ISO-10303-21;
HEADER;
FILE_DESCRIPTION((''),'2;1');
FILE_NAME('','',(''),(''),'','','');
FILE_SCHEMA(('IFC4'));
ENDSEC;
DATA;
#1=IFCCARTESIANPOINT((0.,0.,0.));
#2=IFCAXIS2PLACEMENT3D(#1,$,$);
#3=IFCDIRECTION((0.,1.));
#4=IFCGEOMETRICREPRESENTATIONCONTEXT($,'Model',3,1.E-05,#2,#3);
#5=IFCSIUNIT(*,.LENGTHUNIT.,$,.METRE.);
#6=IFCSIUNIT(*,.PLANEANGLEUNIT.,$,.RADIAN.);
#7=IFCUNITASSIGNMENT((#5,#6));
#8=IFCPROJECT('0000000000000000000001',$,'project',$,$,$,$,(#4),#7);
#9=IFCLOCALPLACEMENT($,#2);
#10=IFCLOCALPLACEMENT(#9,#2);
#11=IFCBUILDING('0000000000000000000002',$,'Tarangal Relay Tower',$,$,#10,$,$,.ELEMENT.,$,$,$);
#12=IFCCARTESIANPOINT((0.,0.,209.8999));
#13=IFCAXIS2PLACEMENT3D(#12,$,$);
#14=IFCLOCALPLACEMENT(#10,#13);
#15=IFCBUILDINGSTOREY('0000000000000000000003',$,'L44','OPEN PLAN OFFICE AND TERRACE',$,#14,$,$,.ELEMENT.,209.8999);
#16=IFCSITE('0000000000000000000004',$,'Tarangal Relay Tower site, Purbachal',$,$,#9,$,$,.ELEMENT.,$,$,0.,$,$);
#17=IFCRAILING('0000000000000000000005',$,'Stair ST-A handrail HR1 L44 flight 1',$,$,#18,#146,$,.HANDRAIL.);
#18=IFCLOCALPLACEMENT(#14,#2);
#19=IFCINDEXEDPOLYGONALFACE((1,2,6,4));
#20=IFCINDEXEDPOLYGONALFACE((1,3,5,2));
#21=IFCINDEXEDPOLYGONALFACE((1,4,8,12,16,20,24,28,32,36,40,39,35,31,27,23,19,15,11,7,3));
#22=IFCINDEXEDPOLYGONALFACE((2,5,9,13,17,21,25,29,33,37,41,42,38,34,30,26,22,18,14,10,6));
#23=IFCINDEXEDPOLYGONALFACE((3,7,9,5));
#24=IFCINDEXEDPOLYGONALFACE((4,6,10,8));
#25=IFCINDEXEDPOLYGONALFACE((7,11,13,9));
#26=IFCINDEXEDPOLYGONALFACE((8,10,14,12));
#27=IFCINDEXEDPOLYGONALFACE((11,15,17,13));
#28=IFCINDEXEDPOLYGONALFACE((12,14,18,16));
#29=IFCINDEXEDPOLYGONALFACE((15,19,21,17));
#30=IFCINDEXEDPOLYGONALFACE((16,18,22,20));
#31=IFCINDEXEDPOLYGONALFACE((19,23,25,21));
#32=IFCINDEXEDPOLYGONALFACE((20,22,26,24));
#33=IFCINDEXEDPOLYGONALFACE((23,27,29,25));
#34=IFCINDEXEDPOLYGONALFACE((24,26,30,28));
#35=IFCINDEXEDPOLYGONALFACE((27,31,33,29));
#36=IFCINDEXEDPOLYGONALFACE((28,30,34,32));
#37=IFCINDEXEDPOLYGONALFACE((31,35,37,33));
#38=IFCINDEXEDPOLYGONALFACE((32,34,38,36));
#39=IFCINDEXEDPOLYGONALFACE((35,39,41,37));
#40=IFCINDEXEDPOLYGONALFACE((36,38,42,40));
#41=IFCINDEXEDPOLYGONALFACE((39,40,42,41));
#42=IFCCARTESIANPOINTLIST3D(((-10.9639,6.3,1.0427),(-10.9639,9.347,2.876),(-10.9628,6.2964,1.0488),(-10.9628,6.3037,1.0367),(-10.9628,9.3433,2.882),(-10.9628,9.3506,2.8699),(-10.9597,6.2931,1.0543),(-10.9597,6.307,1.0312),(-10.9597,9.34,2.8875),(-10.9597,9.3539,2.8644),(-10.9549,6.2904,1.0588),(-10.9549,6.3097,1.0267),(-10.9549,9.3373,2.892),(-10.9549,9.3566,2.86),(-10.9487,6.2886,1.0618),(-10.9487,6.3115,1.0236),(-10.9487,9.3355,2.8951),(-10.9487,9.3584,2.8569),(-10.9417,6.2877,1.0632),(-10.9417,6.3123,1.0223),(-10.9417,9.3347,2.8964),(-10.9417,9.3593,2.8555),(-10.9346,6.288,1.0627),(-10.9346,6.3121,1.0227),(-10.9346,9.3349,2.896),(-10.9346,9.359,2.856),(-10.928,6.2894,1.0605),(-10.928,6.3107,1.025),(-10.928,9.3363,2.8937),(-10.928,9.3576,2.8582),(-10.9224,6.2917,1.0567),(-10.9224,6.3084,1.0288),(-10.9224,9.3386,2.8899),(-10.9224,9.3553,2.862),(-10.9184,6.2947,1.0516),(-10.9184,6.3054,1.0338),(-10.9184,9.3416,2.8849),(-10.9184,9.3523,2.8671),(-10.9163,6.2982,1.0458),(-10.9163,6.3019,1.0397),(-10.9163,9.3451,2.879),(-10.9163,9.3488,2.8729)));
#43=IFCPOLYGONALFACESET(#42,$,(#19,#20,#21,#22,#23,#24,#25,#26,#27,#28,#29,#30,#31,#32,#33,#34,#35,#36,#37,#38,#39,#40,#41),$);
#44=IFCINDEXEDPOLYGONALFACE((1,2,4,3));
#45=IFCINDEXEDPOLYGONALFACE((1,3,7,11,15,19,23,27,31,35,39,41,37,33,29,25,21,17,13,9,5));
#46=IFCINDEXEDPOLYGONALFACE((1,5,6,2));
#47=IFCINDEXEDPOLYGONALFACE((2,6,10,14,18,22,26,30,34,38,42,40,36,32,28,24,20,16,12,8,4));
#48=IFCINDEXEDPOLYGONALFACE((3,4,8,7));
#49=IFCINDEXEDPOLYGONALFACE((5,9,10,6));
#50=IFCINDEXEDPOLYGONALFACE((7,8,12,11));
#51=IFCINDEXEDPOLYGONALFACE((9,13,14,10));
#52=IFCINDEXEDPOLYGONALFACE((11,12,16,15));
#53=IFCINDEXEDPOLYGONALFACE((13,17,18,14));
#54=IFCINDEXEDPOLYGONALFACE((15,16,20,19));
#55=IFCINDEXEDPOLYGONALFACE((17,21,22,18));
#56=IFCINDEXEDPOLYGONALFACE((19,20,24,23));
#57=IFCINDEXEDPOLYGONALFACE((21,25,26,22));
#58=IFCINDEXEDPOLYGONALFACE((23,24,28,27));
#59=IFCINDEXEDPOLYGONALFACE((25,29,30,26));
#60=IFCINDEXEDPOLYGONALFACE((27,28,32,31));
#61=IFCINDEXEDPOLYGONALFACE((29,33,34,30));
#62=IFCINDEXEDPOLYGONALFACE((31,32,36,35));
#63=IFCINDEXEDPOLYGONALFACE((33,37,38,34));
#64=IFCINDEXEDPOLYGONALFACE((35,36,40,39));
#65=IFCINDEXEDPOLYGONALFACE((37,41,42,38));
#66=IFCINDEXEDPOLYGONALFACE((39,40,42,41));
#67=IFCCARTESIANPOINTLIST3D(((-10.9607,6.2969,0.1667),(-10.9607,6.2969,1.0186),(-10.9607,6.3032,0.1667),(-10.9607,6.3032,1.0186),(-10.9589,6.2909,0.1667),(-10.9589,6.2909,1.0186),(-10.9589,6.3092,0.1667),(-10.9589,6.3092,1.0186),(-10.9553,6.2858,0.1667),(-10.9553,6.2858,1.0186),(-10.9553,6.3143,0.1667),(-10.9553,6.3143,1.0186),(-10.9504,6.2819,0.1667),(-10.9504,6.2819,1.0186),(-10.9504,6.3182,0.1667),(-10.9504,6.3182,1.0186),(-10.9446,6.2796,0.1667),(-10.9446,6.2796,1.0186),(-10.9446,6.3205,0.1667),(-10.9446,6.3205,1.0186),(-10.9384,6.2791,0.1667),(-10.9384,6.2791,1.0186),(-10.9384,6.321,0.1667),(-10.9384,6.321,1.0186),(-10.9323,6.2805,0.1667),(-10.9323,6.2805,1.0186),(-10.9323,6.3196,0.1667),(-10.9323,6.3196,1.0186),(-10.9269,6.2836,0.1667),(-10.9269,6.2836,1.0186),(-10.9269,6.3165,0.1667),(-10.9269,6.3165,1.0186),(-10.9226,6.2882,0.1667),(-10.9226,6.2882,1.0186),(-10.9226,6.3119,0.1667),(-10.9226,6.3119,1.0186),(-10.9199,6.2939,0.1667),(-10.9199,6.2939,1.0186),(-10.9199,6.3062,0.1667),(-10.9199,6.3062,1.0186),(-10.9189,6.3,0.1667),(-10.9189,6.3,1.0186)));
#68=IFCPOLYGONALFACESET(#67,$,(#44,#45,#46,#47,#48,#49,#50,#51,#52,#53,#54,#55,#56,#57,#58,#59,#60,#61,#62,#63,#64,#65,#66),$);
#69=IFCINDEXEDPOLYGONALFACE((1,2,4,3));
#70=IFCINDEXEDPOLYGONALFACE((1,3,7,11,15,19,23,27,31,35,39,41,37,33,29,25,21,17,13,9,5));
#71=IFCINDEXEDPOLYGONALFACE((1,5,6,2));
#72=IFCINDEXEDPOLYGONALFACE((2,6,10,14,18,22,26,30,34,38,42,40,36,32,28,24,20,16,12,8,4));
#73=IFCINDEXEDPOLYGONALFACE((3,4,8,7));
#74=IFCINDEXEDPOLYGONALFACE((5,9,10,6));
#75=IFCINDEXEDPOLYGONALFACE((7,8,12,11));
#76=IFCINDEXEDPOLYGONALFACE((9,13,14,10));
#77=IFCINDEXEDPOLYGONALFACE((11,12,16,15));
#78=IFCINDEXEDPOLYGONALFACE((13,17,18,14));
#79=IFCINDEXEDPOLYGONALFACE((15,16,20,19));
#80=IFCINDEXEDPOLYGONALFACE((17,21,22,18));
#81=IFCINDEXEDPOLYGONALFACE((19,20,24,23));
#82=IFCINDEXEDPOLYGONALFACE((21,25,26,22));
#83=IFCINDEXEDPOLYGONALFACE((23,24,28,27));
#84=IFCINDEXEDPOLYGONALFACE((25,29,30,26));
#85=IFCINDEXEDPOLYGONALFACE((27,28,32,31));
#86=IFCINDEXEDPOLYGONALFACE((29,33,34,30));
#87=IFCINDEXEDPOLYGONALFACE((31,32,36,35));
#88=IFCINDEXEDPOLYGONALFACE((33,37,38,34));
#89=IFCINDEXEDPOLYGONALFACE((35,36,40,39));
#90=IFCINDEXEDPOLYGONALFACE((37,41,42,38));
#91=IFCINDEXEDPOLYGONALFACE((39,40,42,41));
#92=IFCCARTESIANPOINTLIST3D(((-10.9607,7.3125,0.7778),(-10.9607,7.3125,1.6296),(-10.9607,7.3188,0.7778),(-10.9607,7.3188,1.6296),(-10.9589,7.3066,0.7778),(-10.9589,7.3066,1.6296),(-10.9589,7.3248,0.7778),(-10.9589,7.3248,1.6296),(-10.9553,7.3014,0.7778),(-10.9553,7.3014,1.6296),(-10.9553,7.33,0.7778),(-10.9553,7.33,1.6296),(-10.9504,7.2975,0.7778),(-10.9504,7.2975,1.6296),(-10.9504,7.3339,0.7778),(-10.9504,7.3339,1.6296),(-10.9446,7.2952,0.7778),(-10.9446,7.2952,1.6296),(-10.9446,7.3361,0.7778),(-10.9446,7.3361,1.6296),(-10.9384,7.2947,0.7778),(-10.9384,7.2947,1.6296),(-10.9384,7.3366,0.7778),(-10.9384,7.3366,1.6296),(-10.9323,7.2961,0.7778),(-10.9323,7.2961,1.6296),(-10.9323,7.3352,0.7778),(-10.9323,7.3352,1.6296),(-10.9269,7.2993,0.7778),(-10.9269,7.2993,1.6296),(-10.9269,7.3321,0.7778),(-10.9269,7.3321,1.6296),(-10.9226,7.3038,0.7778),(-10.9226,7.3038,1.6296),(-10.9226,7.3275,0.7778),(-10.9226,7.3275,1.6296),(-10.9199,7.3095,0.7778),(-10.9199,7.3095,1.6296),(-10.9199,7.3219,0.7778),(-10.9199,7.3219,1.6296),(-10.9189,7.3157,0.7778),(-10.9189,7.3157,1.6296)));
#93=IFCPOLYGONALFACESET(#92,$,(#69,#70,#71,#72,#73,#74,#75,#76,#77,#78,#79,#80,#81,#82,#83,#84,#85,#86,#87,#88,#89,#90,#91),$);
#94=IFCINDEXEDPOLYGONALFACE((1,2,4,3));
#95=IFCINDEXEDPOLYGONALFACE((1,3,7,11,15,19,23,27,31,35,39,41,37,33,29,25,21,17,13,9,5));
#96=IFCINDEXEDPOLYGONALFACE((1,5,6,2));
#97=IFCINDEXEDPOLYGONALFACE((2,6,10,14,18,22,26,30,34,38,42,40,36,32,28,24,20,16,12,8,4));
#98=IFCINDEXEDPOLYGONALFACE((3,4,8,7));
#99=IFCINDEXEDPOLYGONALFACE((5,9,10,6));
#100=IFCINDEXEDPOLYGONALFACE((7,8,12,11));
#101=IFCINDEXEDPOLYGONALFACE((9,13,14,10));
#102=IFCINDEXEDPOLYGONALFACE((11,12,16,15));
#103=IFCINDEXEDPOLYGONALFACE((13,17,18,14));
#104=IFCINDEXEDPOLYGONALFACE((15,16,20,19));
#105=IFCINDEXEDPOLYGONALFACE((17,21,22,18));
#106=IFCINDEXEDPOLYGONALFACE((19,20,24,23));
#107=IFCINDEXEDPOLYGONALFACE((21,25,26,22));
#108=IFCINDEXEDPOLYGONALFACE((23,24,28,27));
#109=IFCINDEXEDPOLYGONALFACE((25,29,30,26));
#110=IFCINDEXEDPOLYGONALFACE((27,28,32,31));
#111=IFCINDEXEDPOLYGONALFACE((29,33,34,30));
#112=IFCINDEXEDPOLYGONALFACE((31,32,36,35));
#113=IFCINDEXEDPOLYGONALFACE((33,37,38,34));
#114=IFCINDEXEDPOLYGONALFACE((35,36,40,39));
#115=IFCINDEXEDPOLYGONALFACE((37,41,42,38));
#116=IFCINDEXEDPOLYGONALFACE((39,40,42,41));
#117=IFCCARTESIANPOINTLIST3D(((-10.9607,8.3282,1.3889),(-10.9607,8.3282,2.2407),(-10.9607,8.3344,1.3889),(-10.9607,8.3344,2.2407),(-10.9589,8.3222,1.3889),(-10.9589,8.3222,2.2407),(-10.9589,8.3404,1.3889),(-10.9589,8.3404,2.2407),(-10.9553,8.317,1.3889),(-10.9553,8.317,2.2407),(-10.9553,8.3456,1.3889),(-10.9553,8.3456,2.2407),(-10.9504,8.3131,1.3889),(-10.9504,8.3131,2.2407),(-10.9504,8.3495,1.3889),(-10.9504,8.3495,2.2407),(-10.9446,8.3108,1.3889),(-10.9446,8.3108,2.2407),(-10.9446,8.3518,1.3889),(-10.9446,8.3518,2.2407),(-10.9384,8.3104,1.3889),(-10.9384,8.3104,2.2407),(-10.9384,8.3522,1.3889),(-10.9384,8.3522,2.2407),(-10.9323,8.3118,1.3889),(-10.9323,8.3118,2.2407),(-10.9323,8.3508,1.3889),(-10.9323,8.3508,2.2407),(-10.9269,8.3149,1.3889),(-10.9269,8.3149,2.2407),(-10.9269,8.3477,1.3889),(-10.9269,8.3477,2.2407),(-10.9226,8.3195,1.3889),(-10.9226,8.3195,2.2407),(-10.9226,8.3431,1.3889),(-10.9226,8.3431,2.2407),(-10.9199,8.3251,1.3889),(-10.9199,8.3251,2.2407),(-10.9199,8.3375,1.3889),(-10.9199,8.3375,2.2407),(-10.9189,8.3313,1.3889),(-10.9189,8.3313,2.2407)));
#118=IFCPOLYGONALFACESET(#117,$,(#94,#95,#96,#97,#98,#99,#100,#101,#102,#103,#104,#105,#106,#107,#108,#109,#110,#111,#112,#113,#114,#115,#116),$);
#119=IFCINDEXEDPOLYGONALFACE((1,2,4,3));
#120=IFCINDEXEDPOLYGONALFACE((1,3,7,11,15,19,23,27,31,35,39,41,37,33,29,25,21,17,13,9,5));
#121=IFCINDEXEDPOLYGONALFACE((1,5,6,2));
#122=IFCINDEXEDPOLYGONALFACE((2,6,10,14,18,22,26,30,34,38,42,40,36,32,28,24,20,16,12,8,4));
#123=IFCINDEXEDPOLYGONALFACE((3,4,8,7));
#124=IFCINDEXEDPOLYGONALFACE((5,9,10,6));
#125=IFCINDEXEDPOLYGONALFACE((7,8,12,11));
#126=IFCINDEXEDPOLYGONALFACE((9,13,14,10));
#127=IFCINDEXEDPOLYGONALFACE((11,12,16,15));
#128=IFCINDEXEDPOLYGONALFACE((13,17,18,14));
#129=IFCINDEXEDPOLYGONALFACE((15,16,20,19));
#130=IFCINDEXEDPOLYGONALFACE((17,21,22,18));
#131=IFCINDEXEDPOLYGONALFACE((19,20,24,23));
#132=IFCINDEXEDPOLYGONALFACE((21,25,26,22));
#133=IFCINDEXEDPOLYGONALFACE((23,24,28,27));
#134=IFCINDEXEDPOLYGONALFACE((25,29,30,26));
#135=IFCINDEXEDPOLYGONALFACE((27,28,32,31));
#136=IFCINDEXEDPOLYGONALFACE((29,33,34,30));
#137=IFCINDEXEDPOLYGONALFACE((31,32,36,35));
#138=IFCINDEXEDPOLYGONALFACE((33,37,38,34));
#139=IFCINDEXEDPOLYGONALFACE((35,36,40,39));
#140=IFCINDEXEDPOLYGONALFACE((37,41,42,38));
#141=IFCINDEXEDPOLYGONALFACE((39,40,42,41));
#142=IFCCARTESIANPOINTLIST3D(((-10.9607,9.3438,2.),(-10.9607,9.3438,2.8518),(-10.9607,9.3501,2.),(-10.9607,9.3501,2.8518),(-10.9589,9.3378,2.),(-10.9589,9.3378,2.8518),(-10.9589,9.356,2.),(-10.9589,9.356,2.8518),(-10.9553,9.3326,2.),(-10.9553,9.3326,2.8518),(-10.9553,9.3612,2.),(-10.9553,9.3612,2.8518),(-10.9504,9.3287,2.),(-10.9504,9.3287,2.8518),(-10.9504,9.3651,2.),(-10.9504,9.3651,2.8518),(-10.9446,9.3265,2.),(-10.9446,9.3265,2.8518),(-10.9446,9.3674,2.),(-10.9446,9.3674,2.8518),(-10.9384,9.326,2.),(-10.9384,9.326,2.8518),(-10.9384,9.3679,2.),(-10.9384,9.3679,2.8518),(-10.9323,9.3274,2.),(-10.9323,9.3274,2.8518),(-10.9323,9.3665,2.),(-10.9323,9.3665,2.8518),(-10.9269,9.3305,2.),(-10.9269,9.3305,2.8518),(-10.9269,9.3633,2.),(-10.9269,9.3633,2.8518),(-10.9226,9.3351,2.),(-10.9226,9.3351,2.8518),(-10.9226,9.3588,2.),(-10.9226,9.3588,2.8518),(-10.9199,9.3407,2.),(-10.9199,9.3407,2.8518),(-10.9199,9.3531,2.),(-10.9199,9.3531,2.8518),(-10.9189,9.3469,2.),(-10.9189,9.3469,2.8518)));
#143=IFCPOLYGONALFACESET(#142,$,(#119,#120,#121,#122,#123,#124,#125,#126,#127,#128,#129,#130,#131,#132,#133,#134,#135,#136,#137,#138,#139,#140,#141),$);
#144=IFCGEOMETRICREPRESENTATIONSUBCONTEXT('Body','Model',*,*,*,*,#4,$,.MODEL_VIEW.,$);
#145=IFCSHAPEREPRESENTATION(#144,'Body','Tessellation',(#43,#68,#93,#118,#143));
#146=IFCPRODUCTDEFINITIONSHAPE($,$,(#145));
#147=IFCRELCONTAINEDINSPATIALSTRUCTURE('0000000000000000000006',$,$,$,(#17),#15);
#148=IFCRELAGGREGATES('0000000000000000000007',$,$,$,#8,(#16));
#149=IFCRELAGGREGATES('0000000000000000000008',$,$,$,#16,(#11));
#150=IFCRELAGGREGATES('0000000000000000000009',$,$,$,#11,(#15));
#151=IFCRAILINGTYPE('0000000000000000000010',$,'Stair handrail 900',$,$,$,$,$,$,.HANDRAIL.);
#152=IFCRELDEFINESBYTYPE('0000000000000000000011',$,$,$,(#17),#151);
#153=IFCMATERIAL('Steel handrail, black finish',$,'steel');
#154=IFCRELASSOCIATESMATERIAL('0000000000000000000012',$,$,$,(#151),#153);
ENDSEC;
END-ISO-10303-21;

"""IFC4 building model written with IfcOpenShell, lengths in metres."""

from ifc_helpers import new_model, si_unit, direction, frame, origin, origin_2d, place, context, subcontext, project, spatial, circle, extrude, material, type_object, element, save


model = new_model("IFC4")

# Units and contexts
model_context = context("Model", 3, precision=1e-05, world=origin(), true_north=direction((0.0, 1.0)))
body_context = subcontext(model_context, "Body", "Model", "MODEL_VIEW")
ifc_project = project(units=[si_unit("LENGTHUNIT", "METRE"), si_unit("PLANEANGLEUNIT", "RADIAN")], contexts=[model_context])

# Site, building, storey
site_placement = place(None, origin())
site = spatial("IfcSite", under=ifc_project, at=site_placement, Name="Tarangal Relay Tower site, Purbachal", CompositionType="ELEMENT", RefElevation=0.0)
building_placement = place(site_placement, origin())
building = spatial("IfcBuilding", under=site, at=building_placement, Name="Tarangal Relay Tower", CompositionType="ELEMENT")
storey_placement = place(building_placement, frame((0.0, 0.0, 209.8999)))
storey = spatial("IfcBuildingStorey", under=building, at=storey_placement, Name="L44", Description="OPEN PLAN OFFICE AND TERRACE", CompositionType="ELEMENT", Elevation=209.8999)

# Railing
ifc_material_1 = material(Name="Steel handrail, black finish", Category="steel")
railing_type_1 = type_object("IfcRailingType", Name="Stair handrail 900", PredefinedType="HANDRAIL", material=ifc_material_1)
railing_1_placement = place(storey_placement, frame((-10.9399, 6.3, 0.1667)))
element("IfcRailing", 1, at=railing_1_placement, inside=storey, type_object=railing_type_1, Name="Stair ST-A handrail HR1 L44 flight 1", PredefinedType="HANDRAIL", context=body_context, shape_type="SweptSolid", body=[
    extrude(circle(Radius=0.0239, at=origin_2d()), frame((0.0, 0.0, 0.876), z_axis=(0.0, 0.856856, 0.515556), x_axis=(-1.0, 0.0, 0.0)), (0.0, 0.0, 1.0), 3.5559),
    extrude(circle(Radius=0.021, at=origin_2d()), origin(), (0.0, 0.0, 1.0), 0.8518),
    extrude(circle(Radius=0.021, at=origin_2d()), frame((0.0, 1.0156, 0.6111)), (0.0, 0.0, 1.0), 0.8518),
    extrude(circle(Radius=0.021, at=origin_2d()), frame((0.0, 2.0312, 1.2222)), (0.0, 0.0, 1.0), 0.8518),
    extrude(circle(Radius=0.021, at=origin_2d()), frame((0.0, 3.0469, 1.8333)), (0.0, 0.0, 1.0), 0.8518),
])

save(model, "model.ifc")
